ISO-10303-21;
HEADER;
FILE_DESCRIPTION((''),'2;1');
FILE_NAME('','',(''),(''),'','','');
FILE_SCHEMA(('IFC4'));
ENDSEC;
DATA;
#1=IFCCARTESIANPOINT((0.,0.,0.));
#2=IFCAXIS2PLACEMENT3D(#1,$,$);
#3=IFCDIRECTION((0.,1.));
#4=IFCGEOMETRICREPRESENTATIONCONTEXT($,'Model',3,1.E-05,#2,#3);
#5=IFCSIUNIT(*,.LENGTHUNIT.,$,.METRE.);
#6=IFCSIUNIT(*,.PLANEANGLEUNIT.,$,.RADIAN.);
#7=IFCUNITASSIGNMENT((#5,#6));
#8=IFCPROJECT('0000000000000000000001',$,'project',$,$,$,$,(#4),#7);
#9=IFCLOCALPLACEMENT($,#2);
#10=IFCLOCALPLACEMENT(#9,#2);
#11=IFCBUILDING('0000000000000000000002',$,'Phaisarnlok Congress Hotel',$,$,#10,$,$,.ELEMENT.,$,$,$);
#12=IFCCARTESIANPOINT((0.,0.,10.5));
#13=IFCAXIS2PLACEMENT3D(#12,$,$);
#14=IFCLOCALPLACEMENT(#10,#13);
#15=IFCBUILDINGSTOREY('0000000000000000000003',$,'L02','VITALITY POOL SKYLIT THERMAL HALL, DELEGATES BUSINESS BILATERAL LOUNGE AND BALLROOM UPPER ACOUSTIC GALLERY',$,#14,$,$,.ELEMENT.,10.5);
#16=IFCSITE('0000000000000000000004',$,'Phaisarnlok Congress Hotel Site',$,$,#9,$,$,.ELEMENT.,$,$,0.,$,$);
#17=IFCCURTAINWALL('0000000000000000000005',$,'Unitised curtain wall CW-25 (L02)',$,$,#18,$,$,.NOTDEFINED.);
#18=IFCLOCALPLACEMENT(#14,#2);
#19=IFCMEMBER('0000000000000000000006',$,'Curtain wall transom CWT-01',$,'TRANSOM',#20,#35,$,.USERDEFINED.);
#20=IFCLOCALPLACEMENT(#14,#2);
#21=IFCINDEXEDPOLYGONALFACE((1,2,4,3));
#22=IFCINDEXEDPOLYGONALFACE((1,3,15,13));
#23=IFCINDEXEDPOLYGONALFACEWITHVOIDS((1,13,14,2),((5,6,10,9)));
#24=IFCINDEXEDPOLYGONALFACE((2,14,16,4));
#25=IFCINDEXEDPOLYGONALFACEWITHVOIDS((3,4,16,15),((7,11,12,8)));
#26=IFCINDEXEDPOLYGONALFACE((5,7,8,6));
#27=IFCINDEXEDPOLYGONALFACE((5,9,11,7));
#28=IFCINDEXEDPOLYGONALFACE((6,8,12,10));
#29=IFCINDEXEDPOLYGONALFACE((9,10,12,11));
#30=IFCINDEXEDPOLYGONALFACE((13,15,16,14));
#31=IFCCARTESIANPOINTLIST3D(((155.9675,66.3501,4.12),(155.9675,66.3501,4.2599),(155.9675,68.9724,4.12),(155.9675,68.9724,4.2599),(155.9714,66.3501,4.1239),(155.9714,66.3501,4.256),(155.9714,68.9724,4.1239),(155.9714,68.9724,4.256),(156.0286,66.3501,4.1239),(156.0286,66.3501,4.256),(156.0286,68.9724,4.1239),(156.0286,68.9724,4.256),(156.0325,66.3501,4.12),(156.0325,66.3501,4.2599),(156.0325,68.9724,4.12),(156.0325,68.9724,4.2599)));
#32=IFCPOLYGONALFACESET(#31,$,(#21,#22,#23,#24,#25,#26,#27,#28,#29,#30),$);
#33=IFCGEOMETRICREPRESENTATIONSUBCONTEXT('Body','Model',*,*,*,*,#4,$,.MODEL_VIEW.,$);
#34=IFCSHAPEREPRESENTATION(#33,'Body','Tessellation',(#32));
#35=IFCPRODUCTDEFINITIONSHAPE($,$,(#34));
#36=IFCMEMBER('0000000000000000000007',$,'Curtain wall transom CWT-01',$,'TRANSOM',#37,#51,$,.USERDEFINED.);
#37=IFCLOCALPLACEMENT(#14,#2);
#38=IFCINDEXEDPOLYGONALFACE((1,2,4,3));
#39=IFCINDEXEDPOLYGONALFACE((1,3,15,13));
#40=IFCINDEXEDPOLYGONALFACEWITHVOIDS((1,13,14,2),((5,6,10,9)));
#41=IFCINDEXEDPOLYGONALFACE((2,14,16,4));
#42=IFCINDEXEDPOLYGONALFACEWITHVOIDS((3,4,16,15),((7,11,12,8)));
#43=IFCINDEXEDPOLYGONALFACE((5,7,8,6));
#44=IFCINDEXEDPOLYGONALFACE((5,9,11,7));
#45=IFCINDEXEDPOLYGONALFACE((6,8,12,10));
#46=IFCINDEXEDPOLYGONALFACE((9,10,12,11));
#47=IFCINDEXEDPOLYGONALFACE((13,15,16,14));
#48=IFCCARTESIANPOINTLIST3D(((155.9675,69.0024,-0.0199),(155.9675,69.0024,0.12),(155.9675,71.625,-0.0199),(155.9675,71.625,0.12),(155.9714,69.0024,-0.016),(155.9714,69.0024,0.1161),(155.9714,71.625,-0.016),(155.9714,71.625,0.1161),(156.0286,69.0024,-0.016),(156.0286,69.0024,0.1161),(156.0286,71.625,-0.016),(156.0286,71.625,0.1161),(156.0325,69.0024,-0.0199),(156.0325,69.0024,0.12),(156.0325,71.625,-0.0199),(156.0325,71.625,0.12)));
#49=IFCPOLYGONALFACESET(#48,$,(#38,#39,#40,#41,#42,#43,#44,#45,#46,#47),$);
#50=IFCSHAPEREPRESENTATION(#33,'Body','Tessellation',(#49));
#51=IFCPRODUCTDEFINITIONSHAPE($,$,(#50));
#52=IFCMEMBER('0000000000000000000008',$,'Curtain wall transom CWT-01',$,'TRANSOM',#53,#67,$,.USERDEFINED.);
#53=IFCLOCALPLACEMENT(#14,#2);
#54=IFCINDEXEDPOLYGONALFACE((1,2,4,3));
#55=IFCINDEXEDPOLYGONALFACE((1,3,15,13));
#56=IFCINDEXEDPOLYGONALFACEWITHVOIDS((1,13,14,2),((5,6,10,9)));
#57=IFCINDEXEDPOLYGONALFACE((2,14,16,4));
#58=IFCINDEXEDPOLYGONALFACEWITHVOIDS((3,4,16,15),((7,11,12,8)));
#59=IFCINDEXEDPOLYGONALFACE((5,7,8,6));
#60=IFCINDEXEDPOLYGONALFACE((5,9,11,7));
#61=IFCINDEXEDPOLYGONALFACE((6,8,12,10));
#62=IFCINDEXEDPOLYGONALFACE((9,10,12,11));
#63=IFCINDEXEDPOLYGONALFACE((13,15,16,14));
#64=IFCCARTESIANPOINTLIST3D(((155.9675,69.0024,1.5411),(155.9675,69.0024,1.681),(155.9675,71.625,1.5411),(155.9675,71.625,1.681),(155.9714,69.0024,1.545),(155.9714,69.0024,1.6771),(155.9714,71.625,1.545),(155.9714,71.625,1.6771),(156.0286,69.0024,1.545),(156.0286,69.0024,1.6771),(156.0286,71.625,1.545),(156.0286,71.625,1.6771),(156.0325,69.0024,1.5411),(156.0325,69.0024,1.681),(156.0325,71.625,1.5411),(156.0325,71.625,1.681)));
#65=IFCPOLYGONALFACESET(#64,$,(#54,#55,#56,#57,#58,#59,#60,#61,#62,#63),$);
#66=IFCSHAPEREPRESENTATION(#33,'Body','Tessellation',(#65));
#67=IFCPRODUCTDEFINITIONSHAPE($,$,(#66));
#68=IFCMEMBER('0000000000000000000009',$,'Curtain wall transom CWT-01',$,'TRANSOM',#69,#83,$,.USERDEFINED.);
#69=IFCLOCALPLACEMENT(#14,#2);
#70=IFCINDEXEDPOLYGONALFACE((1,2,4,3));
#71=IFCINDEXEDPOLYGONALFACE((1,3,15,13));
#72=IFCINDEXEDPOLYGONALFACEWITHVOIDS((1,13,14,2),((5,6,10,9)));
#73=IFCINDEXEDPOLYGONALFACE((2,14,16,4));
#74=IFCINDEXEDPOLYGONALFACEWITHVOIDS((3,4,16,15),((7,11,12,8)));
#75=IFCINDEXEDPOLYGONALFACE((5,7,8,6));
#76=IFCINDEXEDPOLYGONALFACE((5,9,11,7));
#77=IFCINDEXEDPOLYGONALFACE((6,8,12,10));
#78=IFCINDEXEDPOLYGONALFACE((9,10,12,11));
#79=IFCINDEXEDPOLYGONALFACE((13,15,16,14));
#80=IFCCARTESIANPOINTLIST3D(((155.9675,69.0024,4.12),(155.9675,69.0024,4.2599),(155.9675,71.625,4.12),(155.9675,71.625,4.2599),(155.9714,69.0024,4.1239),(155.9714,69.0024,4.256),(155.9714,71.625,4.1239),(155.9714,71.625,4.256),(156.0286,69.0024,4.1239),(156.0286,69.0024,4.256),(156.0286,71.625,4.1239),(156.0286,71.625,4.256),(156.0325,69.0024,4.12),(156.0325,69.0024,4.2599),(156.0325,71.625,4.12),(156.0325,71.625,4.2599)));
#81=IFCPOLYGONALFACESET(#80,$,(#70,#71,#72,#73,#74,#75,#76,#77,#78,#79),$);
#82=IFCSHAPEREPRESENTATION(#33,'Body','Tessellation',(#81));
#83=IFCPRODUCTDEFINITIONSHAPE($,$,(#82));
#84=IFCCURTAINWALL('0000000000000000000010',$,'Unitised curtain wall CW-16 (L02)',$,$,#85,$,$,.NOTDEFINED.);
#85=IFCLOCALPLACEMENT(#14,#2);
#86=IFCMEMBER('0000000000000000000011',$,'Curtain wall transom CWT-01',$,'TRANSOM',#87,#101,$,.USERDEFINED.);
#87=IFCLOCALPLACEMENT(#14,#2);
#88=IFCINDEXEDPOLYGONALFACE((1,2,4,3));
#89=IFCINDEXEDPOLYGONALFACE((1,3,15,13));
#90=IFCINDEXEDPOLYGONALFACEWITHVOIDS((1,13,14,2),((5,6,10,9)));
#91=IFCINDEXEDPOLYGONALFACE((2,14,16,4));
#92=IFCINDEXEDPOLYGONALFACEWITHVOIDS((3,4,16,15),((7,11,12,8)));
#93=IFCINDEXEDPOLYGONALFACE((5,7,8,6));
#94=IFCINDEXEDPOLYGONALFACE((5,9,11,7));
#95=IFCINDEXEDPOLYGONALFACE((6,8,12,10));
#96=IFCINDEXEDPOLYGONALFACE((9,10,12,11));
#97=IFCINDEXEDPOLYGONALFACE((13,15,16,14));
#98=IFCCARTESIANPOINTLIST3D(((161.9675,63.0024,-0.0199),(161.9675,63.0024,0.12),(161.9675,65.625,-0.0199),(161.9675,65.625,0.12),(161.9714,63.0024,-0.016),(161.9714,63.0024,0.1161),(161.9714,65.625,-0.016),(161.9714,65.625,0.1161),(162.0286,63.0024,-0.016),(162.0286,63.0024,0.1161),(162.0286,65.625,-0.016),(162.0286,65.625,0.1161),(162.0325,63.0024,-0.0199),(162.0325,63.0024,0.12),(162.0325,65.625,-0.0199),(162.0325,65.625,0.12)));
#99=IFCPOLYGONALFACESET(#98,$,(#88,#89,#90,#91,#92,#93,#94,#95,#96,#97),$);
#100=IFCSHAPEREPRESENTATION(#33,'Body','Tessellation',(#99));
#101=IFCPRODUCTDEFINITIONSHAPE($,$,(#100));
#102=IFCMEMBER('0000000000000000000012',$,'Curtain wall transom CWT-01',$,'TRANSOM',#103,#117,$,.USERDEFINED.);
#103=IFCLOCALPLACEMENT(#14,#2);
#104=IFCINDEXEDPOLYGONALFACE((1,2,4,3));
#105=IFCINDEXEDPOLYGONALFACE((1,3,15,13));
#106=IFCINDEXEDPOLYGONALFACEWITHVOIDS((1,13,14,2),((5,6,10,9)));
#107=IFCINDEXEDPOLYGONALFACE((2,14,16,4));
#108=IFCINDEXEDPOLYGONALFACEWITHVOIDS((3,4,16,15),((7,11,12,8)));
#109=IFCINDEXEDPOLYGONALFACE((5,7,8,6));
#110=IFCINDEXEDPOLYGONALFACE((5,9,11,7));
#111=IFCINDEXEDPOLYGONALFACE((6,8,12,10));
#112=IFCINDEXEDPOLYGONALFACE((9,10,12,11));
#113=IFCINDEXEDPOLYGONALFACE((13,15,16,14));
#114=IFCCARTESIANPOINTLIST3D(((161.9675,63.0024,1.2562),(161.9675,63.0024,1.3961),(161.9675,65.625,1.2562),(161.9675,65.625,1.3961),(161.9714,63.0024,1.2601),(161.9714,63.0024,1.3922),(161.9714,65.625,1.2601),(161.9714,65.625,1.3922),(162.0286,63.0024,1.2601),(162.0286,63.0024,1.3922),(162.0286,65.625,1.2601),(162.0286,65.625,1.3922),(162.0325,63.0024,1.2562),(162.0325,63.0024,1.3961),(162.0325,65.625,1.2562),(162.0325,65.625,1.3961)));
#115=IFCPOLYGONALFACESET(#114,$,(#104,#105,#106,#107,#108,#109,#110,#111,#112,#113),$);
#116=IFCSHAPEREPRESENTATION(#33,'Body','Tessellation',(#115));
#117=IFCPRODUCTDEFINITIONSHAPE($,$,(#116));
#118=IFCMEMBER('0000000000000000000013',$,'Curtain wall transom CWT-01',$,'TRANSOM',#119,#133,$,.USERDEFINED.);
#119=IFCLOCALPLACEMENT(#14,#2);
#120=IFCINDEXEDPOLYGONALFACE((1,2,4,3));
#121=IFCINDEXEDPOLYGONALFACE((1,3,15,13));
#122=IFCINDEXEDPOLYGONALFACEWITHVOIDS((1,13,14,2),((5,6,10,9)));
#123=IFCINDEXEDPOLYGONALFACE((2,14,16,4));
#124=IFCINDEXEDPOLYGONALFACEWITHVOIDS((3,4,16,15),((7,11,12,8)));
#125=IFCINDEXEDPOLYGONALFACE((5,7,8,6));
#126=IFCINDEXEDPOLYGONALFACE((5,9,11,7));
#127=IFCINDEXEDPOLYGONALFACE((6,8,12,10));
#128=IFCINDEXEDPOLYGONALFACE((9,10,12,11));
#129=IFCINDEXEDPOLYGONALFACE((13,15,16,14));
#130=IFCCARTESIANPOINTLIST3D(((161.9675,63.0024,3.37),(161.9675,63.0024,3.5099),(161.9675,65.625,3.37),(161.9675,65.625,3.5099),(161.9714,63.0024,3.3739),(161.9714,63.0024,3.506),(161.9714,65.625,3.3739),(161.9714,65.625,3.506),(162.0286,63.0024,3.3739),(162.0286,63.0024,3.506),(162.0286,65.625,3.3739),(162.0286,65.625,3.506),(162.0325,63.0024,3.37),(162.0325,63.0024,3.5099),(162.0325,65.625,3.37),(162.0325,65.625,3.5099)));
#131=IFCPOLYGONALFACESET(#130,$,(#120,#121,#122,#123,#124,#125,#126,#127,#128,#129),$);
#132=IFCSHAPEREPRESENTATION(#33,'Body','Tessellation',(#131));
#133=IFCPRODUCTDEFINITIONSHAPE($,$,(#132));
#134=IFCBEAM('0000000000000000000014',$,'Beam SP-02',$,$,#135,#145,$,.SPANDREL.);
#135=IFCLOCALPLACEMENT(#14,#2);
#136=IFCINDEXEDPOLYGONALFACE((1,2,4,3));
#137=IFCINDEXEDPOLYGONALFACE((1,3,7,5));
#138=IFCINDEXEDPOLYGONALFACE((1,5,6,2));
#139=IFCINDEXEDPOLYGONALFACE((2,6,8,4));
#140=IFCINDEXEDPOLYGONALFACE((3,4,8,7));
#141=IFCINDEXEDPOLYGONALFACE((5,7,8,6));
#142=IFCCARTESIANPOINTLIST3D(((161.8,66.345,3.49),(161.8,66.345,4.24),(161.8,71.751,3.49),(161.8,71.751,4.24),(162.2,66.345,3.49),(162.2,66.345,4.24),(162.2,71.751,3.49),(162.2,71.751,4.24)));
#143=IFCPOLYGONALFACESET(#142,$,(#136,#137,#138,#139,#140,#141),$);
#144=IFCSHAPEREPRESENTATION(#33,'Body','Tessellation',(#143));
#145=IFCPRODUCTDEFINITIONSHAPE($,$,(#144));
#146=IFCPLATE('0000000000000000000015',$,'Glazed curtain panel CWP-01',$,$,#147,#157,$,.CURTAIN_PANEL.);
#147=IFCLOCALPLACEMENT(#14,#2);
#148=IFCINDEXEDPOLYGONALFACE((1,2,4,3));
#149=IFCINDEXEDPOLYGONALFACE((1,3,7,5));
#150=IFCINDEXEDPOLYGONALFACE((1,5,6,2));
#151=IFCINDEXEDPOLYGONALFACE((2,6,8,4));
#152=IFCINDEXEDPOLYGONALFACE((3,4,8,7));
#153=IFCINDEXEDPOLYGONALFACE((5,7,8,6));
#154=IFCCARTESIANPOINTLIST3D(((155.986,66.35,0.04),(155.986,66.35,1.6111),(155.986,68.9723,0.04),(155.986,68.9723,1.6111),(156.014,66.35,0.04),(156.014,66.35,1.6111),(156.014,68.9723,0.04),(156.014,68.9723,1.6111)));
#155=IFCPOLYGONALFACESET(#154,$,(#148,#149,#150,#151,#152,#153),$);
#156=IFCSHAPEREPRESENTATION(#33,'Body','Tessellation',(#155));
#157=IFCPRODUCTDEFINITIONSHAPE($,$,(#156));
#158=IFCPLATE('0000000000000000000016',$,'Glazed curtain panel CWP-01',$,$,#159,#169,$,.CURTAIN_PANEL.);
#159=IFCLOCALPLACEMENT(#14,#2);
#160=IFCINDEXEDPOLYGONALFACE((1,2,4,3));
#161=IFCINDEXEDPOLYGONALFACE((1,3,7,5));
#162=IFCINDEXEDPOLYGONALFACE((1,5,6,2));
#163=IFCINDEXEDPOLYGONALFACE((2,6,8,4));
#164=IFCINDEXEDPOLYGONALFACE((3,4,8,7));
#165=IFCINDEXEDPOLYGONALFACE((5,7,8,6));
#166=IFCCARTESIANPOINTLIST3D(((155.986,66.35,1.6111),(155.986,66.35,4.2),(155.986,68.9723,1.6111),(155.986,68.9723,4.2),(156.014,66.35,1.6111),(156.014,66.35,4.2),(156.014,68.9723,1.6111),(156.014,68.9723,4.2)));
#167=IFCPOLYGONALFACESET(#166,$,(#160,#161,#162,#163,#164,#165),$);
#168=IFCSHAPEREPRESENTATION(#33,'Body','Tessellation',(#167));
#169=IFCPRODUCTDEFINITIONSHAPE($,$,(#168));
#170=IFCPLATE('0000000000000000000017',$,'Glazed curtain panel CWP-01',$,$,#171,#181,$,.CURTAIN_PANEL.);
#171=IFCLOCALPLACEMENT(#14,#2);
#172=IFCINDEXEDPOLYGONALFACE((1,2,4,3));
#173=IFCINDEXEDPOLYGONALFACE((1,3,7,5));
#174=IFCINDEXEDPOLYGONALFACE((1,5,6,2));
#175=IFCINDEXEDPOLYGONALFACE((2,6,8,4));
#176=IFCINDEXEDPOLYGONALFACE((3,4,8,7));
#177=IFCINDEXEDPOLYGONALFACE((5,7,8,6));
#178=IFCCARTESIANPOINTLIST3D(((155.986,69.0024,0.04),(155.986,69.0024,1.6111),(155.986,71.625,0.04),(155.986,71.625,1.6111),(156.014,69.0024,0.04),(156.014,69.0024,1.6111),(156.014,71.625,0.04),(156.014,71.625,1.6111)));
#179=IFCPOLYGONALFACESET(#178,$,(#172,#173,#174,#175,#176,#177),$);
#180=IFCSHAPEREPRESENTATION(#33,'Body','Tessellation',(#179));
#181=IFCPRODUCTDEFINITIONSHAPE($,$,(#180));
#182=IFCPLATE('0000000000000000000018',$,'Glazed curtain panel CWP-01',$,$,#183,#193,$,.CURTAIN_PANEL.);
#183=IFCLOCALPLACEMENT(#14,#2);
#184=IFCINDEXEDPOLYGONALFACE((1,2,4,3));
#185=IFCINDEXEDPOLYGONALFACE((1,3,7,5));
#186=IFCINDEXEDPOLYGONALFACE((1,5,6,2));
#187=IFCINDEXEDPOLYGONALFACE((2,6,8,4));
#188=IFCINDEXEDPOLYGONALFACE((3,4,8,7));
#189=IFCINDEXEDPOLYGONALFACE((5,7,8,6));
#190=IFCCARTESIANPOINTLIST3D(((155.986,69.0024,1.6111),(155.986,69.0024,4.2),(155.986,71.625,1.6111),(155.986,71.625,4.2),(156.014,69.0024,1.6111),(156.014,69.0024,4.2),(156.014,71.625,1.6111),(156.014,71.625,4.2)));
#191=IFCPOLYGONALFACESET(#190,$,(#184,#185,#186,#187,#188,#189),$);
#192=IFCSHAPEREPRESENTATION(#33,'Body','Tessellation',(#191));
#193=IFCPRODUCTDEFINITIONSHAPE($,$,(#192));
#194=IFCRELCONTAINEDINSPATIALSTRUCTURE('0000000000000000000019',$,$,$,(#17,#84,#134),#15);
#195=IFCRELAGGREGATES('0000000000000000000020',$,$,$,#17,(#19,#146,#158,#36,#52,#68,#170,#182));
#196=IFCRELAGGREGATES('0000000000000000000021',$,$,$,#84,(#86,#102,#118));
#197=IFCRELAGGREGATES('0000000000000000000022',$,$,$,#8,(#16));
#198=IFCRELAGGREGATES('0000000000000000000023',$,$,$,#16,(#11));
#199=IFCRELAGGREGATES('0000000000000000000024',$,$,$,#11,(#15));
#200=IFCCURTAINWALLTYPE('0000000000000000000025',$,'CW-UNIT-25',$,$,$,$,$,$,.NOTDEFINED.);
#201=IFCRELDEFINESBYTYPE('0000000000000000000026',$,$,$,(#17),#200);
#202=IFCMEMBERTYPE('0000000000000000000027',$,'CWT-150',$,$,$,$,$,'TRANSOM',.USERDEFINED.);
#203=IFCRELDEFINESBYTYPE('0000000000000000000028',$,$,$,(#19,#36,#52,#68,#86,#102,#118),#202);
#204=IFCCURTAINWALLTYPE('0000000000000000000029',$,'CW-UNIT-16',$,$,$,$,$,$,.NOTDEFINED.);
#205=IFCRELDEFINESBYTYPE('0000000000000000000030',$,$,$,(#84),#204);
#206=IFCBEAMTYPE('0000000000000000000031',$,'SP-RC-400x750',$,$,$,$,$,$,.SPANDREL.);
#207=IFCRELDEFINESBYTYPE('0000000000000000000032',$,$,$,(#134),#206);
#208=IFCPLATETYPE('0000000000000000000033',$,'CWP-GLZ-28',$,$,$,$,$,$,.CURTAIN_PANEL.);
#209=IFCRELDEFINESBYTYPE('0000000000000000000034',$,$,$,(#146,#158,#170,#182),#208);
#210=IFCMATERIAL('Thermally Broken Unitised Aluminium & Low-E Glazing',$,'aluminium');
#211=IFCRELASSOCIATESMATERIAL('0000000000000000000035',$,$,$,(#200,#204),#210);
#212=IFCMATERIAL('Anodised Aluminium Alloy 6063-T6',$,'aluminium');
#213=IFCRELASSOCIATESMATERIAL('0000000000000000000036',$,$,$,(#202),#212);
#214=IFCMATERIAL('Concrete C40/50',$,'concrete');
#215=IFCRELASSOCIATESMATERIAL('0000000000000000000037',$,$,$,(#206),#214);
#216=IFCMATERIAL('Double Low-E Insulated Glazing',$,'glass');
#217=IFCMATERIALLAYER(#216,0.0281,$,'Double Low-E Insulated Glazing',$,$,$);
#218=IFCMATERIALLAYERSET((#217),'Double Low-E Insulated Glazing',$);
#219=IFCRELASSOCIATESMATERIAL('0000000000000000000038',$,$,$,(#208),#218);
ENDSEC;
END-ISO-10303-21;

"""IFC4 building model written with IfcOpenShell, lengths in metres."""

from ifc_helpers import new_model, si_unit, direction, frame, frame_2d, origin, origin_2d, place, context, subcontext, project, spatial, rectangle, hollow_rectangle, extrude, material, layer, layer_set, material_profile, profile_set, type_object, element, aggregate, save


model = new_model("IFC4")

# Units and contexts
model_context = context("Model", 3, precision=1e-05, world=origin(), true_north=direction((0.0, 1.0)))
body_context = subcontext(model_context, "Body", "Model", "MODEL_VIEW")
ifc_project = project(units=[si_unit("LENGTHUNIT", "METRE"), si_unit("PLANEANGLEUNIT", "RADIAN")], contexts=[model_context])

# Site, building, storey
site_placement = place(None, origin())
site = spatial("IfcSite", under=ifc_project, at=site_placement, Name="Phaisarnlok Congress Hotel Site", CompositionType="ELEMENT", RefElevation=0.0)
building_placement = place(site_placement, origin())
building = spatial("IfcBuilding", under=site, at=building_placement, Name="Phaisarnlok Congress Hotel", CompositionType="ELEMENT")
storey_placement = place(building_placement, frame((0.0, 0.0, 10.5)))
storey = spatial("IfcBuildingStorey", under=building, at=storey_placement, Name="L02", Description="VITALITY POOL SKYLIT THERMAL HALL, DELEGATES BUSINESS BILATERAL LOUNGE AND BALLROOM UPPER ACOUSTIC GALLERY", CompositionType="ELEMENT", Elevation=10.5)

# Curtain walls, members
ifc_material_1 = material(Name="Thermally Broken Unitised Aluminium & Low-E Glazing", Category="aluminium")
curtain_wall_type_1 = type_object("IfcCurtainWallType", Name="CW-UNIT-25", PredefinedType="NOTDEFINED", material=ifc_material_1)
curtain_wall_1_placement = place(storey_placement, origin())
curtain_wall_1 = element("IfcCurtainWall", 1, at=curtain_wall_1_placement, inside=storey, type_object=curtain_wall_type_1, Name="Unitised curtain wall CW-25 (L02)", PredefinedType="NOTDEFINED")
ifc_material_2 = material(Name="Anodised Aluminium Alloy 6063-T6", Category="aluminium")
ifc_material_profile_1 = material_profile(ifc_material_2, hollow_rectangle(XDim=0.0649, YDim=0.1399, WallThickness=0.0039, at=origin_2d()), Name="ALU-T 65x140x4")
ifc_profile_set_1 = profile_set([ifc_material_profile_1], Name="Anodised Aluminium Alloy 6063-T6")
member_type_1 = type_object("IfcMemberType", Name="CWT-150", ElementType="TRANSOM", PredefinedType="USERDEFINED", material=ifc_profile_set_1)
member_1_placement = place(storey_placement, frame((156.0, 66.3501, 4.1899), z_axis=(0.0, 1.0, 0.0), x_axis=(-1.0, 0.0, 0.0)))
member_1 = element("IfcMember", 2, at=member_1_placement, type_object=member_type_1, Name="Curtain wall transom CWT-01", ObjectType="TRANSOM", PredefinedType="USERDEFINED", context=body_context, shape_type="SweptSolid", body=[
    extrude(hollow_rectangle(XDim=0.0649, YDim=0.1399, WallThickness=0.0039, at=origin_2d()), origin(), (0.0, 0.0, 1.0), 2.6223),
])
member_2_placement = place(storey_placement, frame((156.0, 69.0024, 0.05), z_axis=(0.0, 1.0, 0.0), x_axis=(-1.0, 0.0, 0.0)))
member_2 = element("IfcMember", 3, at=member_2_placement, type_object=member_type_1, Name="Curtain wall transom CWT-01", ObjectType="TRANSOM", PredefinedType="USERDEFINED", context=body_context, shape_type="SweptSolid", body=[
    extrude(hollow_rectangle(XDim=0.0649, YDim=0.1399, WallThickness=0.0039, at=origin_2d()), origin(), (0.0, 0.0, 1.0), 2.6226),
])
member_3_placement = place(storey_placement, frame((156.0, 69.0024, 1.6111), z_axis=(0.0, 1.0, 0.0), x_axis=(-1.0, 0.0, 0.0)))
member_3 = element("IfcMember", 4, at=member_3_placement, type_object=member_type_1, Name="Curtain wall transom CWT-01", ObjectType="TRANSOM", PredefinedType="USERDEFINED", context=body_context, shape_type="SweptSolid", body=[
    extrude(hollow_rectangle(XDim=0.0649, YDim=0.1399, WallThickness=0.0039, at=origin_2d()), origin(), (0.0, 0.0, 1.0), 2.6226),
])
member_4_placement = place(storey_placement, frame((156.0, 69.0024, 4.1899), z_axis=(0.0, 1.0, 0.0), x_axis=(-1.0, 0.0, 0.0)))
member_4 = element("IfcMember", 5, at=member_4_placement, type_object=member_type_1, Name="Curtain wall transom CWT-01", ObjectType="TRANSOM", PredefinedType="USERDEFINED", context=body_context, shape_type="SweptSolid", body=[
    extrude(hollow_rectangle(XDim=0.0649, YDim=0.1399, WallThickness=0.0039, at=origin_2d()), origin(), (0.0, 0.0, 1.0), 2.6226),
])
curtain_wall_type_2 = type_object("IfcCurtainWallType", Name="CW-UNIT-16", PredefinedType="NOTDEFINED", material=ifc_material_1)
curtain_wall_2_placement = place(storey_placement, origin())
curtain_wall_2 = element("IfcCurtainWall", 6, at=curtain_wall_2_placement, inside=storey, type_object=curtain_wall_type_2, Name="Unitised curtain wall CW-16 (L02)", PredefinedType="NOTDEFINED")
member_5_placement = place(storey_placement, frame((162.0, 65.625, 0.05), z_axis=(0.0, -1.0, 0.0), x_axis=(1.0, 0.0, 0.0)))
member_5 = element("IfcMember", 7, at=member_5_placement, type_object=member_type_1, Name="Curtain wall transom CWT-01", ObjectType="TRANSOM", PredefinedType="USERDEFINED", context=body_context, shape_type="SweptSolid", body=[
    extrude(hollow_rectangle(XDim=0.0649, YDim=0.1399, WallThickness=0.0039, at=origin_2d()), origin(), (0.0, 0.0, 1.0), 2.6226),
])
member_6_placement = place(storey_placement, frame((162.0, 65.625, 1.3262), z_axis=(0.0, -1.0, 0.0), x_axis=(1.0, 0.0, 0.0)))
member_6 = element("IfcMember", 8, at=member_6_placement, type_object=member_type_1, Name="Curtain wall transom CWT-01", ObjectType="TRANSOM", PredefinedType="USERDEFINED", context=body_context, shape_type="SweptSolid", body=[
    extrude(hollow_rectangle(XDim=0.0649, YDim=0.1399, WallThickness=0.0039, at=origin_2d()), origin(), (0.0, 0.0, 1.0), 2.6226),
])
member_7_placement = place(storey_placement, frame((162.0, 65.625, 3.4399), z_axis=(0.0, -1.0, 0.0), x_axis=(1.0, 0.0, 0.0)))
member_7 = element("IfcMember", 9, at=member_7_placement, type_object=member_type_1, Name="Curtain wall transom CWT-01", ObjectType="TRANSOM", PredefinedType="USERDEFINED", context=body_context, shape_type="SweptSolid", body=[
    extrude(hollow_rectangle(XDim=0.0649, YDim=0.1399, WallThickness=0.0039, at=origin_2d()), origin(), (0.0, 0.0, 1.0), 2.6226),
])

# Beam
ifc_material_3 = material(Name="Concrete C40/50", Category="concrete")
ifc_material_profile_2 = material_profile(ifc_material_3, rectangle(XDim=0.3999, YDim=0.75, at=origin_2d()), Name="RC 400x750")
ifc_profile_set_2 = profile_set([ifc_material_profile_2], Name="Concrete C40/50")
beam_type = type_object("IfcBeamType", Name="SP-RC-400x750", PredefinedType="SPANDREL", material=ifc_profile_set_2)
beam_placement = place(storey_placement, frame((162.0, 66.345, 3.865), z_axis=(0.0, 1.0, 0.0), x_axis=(-1.0, 0.0, 0.0)))
element("IfcBeam", 10, at=beam_placement, inside=storey, type_object=beam_type, Name="Beam SP-02", PredefinedType="SPANDREL", context=body_context, shape_type="SweptSolid", body=[
    extrude(rectangle(XDim=0.3999, YDim=0.75, at=origin_2d()), origin(), (0.0, 0.0, 1.0), 5.406),
])

# Plates
ifc_material_4 = material(Name="Double Low-E Insulated Glazing", Category="glass")
ifc_layer = layer(ifc_material_4, 0.0281, Name="Double Low-E Insulated Glazing")
ifc_layer_set = layer_set([ifc_layer], Name="Double Low-E Insulated Glazing")
plate_type = type_object("IfcPlateType", Name="CWP-GLZ-28", PredefinedType="CURTAIN_PANEL", material=ifc_layer_set)
plate_1_placement = place(storey_placement, frame((156.0, 66.3501, 0.04), z_axis=(0.0, 0.0, 1.0), x_axis=(0.0, 1.0, 0.0)))
plate_1 = element("IfcPlate", 11, at=plate_1_placement, type_object=plate_type, Name="Glazed curtain panel CWP-01", PredefinedType="CURTAIN_PANEL", context=body_context, shape_type="SweptSolid", body=[
    extrude(rectangle(XDim=2.6223, YDim=0.0281, at=frame_2d((1.311, 0.0))), origin(), (0.0, 0.0, 1.0), 1.571),
])
plate_2_placement = place(storey_placement, frame((156.0, 66.3501, 1.6111), z_axis=(0.0, 0.0, 1.0), x_axis=(0.0, 1.0, 0.0)))
plate_2 = element("IfcPlate", 12, at=plate_2_placement, type_object=plate_type, Name="Glazed curtain panel CWP-01", PredefinedType="CURTAIN_PANEL", context=body_context, shape_type="SweptSolid", body=[
    extrude(rectangle(XDim=2.6223, YDim=0.0281, at=frame_2d((1.311, 0.0))), origin(), (0.0, 0.0, 1.0), 2.5889),
])
plate_3_placement = place(storey_placement, frame((156.0, 69.0024, 0.04), z_axis=(0.0, 0.0, 1.0), x_axis=(0.0, 1.0, 0.0)))
plate_3 = element("IfcPlate", 13, at=plate_3_placement, type_object=plate_type, Name="Glazed curtain panel CWP-01", PredefinedType="CURTAIN_PANEL", context=body_context, shape_type="SweptSolid", body=[
    extrude(rectangle(XDim=2.6226, YDim=0.0281, at=frame_2d((1.3113, 0.0))), origin(), (0.0, 0.0, 1.0), 1.571),
])
plate_4_placement = place(storey_placement, frame((156.0, 69.0024, 1.6111), z_axis=(0.0, 0.0, 1.0), x_axis=(0.0, 1.0, 0.0)))
plate_4 = element("IfcPlate", 14, at=plate_4_placement, type_object=plate_type, Name="Glazed curtain panel CWP-01", PredefinedType="CURTAIN_PANEL", context=body_context, shape_type="SweptSolid", body=[
    extrude(rectangle(XDim=2.6226, YDim=0.0281, at=frame_2d((1.3113, 0.0))), origin(), (0.0, 0.0, 1.0), 2.5889),
])
aggregate(curtain_wall_1, [member_1, plate_1, plate_2, member_2, member_3, member_4, plate_3, plate_4])
aggregate(curtain_wall_2, [member_5, member_6, member_7])

save(model, "model.ifc")
